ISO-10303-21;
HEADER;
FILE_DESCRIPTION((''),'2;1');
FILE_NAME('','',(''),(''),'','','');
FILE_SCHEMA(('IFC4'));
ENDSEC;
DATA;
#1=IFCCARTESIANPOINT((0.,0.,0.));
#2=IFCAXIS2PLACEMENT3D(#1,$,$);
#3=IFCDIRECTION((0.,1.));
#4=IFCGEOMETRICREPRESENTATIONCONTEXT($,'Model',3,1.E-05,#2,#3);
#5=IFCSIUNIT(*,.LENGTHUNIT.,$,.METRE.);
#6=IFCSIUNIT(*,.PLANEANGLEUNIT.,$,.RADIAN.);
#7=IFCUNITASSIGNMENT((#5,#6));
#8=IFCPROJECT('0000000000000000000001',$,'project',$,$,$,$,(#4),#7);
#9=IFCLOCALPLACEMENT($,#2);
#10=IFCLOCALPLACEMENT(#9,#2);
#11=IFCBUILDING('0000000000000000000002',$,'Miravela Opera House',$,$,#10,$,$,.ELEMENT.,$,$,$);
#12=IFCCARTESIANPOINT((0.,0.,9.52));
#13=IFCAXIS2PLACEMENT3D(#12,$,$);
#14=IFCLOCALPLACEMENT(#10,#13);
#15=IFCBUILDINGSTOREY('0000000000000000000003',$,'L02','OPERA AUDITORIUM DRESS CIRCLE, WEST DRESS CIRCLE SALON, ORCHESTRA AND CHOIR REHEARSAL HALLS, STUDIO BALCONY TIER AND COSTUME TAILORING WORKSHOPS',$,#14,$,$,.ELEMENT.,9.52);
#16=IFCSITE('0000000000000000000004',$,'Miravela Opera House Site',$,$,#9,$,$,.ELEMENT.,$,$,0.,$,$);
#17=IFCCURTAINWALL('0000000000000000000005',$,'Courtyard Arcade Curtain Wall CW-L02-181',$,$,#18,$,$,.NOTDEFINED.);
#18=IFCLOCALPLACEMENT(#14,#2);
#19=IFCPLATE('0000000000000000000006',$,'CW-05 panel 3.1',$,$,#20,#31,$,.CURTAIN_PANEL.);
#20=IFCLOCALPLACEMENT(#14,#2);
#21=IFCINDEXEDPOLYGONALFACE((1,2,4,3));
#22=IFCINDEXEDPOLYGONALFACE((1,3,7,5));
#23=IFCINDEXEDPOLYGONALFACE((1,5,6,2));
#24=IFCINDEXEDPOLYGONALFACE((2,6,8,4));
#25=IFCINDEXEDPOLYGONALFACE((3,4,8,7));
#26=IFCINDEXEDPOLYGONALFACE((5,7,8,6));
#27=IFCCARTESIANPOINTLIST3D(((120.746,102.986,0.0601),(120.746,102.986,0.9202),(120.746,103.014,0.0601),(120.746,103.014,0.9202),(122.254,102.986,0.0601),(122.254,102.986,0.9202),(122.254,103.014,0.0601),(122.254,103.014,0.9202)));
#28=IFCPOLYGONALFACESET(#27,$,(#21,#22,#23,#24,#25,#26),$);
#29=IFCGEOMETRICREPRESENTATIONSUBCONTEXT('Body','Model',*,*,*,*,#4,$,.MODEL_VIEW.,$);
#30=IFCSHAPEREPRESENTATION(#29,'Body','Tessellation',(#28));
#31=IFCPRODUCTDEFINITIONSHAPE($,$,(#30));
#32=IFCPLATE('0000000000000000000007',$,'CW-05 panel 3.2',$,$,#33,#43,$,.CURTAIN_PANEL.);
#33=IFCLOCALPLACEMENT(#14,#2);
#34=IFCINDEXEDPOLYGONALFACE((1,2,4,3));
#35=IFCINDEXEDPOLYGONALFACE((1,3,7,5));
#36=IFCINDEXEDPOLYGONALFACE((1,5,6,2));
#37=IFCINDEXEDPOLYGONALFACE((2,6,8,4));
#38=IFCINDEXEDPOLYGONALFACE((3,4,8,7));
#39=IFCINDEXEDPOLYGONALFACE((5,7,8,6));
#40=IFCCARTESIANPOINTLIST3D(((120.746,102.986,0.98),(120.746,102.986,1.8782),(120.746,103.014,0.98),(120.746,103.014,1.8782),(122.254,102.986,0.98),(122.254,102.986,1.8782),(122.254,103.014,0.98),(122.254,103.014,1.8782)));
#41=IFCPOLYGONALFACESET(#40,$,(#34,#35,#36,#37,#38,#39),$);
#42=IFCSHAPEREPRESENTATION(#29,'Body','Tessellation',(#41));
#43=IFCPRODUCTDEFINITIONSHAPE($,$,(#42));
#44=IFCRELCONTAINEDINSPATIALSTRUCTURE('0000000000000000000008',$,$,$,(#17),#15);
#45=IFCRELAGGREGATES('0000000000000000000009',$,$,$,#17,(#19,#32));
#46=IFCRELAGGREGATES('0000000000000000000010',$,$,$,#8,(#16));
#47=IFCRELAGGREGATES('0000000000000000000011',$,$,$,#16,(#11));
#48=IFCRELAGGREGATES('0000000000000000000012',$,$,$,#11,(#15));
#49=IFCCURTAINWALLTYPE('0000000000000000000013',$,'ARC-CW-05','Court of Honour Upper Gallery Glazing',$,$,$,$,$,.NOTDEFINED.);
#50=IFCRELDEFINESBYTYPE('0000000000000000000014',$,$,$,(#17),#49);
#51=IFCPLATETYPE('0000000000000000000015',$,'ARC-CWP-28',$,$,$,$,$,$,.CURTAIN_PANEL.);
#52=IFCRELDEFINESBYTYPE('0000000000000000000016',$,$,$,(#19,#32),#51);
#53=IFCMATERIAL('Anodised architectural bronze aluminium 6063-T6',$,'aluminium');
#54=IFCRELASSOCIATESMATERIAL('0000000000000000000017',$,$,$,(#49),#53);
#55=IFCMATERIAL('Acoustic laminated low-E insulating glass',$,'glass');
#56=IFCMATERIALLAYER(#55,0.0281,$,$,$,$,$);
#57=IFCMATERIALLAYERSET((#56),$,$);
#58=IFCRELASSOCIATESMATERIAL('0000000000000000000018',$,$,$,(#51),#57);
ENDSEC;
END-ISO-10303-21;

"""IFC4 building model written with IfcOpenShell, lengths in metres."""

from ifc_helpers import new_model, si_unit, direction, frame, origin, origin_2d, place, context, subcontext, project, spatial, rectangle, extrude, material, layer, layer_set, type_object, element, aggregate, save


model = new_model("IFC4")

# Units and contexts
model_context = context("Model", 3, precision=1e-05, world=origin(), true_north=direction((0.0, 1.0)))
body_context = subcontext(model_context, "Body", "Model", "MODEL_VIEW")
ifc_project = project(units=[si_unit("LENGTHUNIT", "METRE"), si_unit("PLANEANGLEUNIT", "RADIAN")], contexts=[model_context])

# Site, building, storey
site_placement = place(None, origin())
site = spatial("IfcSite", under=ifc_project, at=site_placement, Name="Miravela Opera House Site", CompositionType="ELEMENT", RefElevation=0.0)
building_placement = place(site_placement, origin())
building = spatial("IfcBuilding", under=site, at=building_placement, Name="Miravela Opera House", CompositionType="ELEMENT")
storey_placement = place(building_placement, frame((0.0, 0.0, 9.52)))
storey = spatial("IfcBuildingStorey", under=building, at=storey_placement, Name="L02", Description="OPERA AUDITORIUM DRESS CIRCLE, WEST DRESS CIRCLE SALON, ORCHESTRA AND CHOIR REHEARSAL HALLS, STUDIO BALCONY TIER AND COSTUME TAILORING WORKSHOPS", CompositionType="ELEMENT", Elevation=9.52)

# Curtain wall
ifc_material_1 = material(Name="Anodised architectural bronze aluminium 6063-T6", Category="aluminium")
curtain_wall_type = type_object("IfcCurtainWallType", Name="ARC-CW-05", Description="Court of Honour Upper Gallery Glazing", PredefinedType="NOTDEFINED", material=ifc_material_1)
curtain_wall_placement = place(storey_placement, origin())
curtain_wall = element("IfcCurtainWall", 1, at=curtain_wall_placement, inside=storey, type_object=curtain_wall_type, Name="Courtyard Arcade Curtain Wall CW-L02-181", PredefinedType="NOTDEFINED")

# Plates
ifc_material_2 = material(Name="Acoustic laminated low-E insulating glass", Category="glass")
ifc_layer = layer(ifc_material_2, 0.0281)
ifc_layer_set = layer_set([ifc_layer])
plate_type = type_object("IfcPlateType", Name="ARC-CWP-28", PredefinedType="CURTAIN_PANEL", material=ifc_layer_set)
plate_1_placement = place(storey_placement, frame((121.5, 103.0, 0.0601), z_axis=(0.0, 0.0, 1.0), x_axis=(1.0, 0.0, 0.0)))
plate_1 = element("IfcPlate", 2, at=plate_1_placement, type_object=plate_type, Name="CW-05 panel 3.1", PredefinedType="CURTAIN_PANEL", context=body_context, shape_type="SweptSolid", body=[
    extrude(rectangle(XDim=1.5081, YDim=0.0281, at=origin_2d()), origin(), (0.0, 0.0, 1.0), 0.8601),
])
plate_2_placement = place(storey_placement, frame((121.5, 103.0, 0.98), z_axis=(0.0, 0.0, 1.0), x_axis=(1.0, 0.0, 0.0)))
plate_2 = element("IfcPlate", 3, at=plate_2_placement, type_object=plate_type, Name="CW-05 panel 3.2", PredefinedType="CURTAIN_PANEL", context=body_context, shape_type="SweptSolid", body=[
    extrude(rectangle(XDim=1.5081, YDim=0.0281, at=origin_2d()), origin(), (0.0, 0.0, 1.0), 0.8982),
])
aggregate(curtain_wall, [plate_1, plate_2])

save(model, "model.ifc")
